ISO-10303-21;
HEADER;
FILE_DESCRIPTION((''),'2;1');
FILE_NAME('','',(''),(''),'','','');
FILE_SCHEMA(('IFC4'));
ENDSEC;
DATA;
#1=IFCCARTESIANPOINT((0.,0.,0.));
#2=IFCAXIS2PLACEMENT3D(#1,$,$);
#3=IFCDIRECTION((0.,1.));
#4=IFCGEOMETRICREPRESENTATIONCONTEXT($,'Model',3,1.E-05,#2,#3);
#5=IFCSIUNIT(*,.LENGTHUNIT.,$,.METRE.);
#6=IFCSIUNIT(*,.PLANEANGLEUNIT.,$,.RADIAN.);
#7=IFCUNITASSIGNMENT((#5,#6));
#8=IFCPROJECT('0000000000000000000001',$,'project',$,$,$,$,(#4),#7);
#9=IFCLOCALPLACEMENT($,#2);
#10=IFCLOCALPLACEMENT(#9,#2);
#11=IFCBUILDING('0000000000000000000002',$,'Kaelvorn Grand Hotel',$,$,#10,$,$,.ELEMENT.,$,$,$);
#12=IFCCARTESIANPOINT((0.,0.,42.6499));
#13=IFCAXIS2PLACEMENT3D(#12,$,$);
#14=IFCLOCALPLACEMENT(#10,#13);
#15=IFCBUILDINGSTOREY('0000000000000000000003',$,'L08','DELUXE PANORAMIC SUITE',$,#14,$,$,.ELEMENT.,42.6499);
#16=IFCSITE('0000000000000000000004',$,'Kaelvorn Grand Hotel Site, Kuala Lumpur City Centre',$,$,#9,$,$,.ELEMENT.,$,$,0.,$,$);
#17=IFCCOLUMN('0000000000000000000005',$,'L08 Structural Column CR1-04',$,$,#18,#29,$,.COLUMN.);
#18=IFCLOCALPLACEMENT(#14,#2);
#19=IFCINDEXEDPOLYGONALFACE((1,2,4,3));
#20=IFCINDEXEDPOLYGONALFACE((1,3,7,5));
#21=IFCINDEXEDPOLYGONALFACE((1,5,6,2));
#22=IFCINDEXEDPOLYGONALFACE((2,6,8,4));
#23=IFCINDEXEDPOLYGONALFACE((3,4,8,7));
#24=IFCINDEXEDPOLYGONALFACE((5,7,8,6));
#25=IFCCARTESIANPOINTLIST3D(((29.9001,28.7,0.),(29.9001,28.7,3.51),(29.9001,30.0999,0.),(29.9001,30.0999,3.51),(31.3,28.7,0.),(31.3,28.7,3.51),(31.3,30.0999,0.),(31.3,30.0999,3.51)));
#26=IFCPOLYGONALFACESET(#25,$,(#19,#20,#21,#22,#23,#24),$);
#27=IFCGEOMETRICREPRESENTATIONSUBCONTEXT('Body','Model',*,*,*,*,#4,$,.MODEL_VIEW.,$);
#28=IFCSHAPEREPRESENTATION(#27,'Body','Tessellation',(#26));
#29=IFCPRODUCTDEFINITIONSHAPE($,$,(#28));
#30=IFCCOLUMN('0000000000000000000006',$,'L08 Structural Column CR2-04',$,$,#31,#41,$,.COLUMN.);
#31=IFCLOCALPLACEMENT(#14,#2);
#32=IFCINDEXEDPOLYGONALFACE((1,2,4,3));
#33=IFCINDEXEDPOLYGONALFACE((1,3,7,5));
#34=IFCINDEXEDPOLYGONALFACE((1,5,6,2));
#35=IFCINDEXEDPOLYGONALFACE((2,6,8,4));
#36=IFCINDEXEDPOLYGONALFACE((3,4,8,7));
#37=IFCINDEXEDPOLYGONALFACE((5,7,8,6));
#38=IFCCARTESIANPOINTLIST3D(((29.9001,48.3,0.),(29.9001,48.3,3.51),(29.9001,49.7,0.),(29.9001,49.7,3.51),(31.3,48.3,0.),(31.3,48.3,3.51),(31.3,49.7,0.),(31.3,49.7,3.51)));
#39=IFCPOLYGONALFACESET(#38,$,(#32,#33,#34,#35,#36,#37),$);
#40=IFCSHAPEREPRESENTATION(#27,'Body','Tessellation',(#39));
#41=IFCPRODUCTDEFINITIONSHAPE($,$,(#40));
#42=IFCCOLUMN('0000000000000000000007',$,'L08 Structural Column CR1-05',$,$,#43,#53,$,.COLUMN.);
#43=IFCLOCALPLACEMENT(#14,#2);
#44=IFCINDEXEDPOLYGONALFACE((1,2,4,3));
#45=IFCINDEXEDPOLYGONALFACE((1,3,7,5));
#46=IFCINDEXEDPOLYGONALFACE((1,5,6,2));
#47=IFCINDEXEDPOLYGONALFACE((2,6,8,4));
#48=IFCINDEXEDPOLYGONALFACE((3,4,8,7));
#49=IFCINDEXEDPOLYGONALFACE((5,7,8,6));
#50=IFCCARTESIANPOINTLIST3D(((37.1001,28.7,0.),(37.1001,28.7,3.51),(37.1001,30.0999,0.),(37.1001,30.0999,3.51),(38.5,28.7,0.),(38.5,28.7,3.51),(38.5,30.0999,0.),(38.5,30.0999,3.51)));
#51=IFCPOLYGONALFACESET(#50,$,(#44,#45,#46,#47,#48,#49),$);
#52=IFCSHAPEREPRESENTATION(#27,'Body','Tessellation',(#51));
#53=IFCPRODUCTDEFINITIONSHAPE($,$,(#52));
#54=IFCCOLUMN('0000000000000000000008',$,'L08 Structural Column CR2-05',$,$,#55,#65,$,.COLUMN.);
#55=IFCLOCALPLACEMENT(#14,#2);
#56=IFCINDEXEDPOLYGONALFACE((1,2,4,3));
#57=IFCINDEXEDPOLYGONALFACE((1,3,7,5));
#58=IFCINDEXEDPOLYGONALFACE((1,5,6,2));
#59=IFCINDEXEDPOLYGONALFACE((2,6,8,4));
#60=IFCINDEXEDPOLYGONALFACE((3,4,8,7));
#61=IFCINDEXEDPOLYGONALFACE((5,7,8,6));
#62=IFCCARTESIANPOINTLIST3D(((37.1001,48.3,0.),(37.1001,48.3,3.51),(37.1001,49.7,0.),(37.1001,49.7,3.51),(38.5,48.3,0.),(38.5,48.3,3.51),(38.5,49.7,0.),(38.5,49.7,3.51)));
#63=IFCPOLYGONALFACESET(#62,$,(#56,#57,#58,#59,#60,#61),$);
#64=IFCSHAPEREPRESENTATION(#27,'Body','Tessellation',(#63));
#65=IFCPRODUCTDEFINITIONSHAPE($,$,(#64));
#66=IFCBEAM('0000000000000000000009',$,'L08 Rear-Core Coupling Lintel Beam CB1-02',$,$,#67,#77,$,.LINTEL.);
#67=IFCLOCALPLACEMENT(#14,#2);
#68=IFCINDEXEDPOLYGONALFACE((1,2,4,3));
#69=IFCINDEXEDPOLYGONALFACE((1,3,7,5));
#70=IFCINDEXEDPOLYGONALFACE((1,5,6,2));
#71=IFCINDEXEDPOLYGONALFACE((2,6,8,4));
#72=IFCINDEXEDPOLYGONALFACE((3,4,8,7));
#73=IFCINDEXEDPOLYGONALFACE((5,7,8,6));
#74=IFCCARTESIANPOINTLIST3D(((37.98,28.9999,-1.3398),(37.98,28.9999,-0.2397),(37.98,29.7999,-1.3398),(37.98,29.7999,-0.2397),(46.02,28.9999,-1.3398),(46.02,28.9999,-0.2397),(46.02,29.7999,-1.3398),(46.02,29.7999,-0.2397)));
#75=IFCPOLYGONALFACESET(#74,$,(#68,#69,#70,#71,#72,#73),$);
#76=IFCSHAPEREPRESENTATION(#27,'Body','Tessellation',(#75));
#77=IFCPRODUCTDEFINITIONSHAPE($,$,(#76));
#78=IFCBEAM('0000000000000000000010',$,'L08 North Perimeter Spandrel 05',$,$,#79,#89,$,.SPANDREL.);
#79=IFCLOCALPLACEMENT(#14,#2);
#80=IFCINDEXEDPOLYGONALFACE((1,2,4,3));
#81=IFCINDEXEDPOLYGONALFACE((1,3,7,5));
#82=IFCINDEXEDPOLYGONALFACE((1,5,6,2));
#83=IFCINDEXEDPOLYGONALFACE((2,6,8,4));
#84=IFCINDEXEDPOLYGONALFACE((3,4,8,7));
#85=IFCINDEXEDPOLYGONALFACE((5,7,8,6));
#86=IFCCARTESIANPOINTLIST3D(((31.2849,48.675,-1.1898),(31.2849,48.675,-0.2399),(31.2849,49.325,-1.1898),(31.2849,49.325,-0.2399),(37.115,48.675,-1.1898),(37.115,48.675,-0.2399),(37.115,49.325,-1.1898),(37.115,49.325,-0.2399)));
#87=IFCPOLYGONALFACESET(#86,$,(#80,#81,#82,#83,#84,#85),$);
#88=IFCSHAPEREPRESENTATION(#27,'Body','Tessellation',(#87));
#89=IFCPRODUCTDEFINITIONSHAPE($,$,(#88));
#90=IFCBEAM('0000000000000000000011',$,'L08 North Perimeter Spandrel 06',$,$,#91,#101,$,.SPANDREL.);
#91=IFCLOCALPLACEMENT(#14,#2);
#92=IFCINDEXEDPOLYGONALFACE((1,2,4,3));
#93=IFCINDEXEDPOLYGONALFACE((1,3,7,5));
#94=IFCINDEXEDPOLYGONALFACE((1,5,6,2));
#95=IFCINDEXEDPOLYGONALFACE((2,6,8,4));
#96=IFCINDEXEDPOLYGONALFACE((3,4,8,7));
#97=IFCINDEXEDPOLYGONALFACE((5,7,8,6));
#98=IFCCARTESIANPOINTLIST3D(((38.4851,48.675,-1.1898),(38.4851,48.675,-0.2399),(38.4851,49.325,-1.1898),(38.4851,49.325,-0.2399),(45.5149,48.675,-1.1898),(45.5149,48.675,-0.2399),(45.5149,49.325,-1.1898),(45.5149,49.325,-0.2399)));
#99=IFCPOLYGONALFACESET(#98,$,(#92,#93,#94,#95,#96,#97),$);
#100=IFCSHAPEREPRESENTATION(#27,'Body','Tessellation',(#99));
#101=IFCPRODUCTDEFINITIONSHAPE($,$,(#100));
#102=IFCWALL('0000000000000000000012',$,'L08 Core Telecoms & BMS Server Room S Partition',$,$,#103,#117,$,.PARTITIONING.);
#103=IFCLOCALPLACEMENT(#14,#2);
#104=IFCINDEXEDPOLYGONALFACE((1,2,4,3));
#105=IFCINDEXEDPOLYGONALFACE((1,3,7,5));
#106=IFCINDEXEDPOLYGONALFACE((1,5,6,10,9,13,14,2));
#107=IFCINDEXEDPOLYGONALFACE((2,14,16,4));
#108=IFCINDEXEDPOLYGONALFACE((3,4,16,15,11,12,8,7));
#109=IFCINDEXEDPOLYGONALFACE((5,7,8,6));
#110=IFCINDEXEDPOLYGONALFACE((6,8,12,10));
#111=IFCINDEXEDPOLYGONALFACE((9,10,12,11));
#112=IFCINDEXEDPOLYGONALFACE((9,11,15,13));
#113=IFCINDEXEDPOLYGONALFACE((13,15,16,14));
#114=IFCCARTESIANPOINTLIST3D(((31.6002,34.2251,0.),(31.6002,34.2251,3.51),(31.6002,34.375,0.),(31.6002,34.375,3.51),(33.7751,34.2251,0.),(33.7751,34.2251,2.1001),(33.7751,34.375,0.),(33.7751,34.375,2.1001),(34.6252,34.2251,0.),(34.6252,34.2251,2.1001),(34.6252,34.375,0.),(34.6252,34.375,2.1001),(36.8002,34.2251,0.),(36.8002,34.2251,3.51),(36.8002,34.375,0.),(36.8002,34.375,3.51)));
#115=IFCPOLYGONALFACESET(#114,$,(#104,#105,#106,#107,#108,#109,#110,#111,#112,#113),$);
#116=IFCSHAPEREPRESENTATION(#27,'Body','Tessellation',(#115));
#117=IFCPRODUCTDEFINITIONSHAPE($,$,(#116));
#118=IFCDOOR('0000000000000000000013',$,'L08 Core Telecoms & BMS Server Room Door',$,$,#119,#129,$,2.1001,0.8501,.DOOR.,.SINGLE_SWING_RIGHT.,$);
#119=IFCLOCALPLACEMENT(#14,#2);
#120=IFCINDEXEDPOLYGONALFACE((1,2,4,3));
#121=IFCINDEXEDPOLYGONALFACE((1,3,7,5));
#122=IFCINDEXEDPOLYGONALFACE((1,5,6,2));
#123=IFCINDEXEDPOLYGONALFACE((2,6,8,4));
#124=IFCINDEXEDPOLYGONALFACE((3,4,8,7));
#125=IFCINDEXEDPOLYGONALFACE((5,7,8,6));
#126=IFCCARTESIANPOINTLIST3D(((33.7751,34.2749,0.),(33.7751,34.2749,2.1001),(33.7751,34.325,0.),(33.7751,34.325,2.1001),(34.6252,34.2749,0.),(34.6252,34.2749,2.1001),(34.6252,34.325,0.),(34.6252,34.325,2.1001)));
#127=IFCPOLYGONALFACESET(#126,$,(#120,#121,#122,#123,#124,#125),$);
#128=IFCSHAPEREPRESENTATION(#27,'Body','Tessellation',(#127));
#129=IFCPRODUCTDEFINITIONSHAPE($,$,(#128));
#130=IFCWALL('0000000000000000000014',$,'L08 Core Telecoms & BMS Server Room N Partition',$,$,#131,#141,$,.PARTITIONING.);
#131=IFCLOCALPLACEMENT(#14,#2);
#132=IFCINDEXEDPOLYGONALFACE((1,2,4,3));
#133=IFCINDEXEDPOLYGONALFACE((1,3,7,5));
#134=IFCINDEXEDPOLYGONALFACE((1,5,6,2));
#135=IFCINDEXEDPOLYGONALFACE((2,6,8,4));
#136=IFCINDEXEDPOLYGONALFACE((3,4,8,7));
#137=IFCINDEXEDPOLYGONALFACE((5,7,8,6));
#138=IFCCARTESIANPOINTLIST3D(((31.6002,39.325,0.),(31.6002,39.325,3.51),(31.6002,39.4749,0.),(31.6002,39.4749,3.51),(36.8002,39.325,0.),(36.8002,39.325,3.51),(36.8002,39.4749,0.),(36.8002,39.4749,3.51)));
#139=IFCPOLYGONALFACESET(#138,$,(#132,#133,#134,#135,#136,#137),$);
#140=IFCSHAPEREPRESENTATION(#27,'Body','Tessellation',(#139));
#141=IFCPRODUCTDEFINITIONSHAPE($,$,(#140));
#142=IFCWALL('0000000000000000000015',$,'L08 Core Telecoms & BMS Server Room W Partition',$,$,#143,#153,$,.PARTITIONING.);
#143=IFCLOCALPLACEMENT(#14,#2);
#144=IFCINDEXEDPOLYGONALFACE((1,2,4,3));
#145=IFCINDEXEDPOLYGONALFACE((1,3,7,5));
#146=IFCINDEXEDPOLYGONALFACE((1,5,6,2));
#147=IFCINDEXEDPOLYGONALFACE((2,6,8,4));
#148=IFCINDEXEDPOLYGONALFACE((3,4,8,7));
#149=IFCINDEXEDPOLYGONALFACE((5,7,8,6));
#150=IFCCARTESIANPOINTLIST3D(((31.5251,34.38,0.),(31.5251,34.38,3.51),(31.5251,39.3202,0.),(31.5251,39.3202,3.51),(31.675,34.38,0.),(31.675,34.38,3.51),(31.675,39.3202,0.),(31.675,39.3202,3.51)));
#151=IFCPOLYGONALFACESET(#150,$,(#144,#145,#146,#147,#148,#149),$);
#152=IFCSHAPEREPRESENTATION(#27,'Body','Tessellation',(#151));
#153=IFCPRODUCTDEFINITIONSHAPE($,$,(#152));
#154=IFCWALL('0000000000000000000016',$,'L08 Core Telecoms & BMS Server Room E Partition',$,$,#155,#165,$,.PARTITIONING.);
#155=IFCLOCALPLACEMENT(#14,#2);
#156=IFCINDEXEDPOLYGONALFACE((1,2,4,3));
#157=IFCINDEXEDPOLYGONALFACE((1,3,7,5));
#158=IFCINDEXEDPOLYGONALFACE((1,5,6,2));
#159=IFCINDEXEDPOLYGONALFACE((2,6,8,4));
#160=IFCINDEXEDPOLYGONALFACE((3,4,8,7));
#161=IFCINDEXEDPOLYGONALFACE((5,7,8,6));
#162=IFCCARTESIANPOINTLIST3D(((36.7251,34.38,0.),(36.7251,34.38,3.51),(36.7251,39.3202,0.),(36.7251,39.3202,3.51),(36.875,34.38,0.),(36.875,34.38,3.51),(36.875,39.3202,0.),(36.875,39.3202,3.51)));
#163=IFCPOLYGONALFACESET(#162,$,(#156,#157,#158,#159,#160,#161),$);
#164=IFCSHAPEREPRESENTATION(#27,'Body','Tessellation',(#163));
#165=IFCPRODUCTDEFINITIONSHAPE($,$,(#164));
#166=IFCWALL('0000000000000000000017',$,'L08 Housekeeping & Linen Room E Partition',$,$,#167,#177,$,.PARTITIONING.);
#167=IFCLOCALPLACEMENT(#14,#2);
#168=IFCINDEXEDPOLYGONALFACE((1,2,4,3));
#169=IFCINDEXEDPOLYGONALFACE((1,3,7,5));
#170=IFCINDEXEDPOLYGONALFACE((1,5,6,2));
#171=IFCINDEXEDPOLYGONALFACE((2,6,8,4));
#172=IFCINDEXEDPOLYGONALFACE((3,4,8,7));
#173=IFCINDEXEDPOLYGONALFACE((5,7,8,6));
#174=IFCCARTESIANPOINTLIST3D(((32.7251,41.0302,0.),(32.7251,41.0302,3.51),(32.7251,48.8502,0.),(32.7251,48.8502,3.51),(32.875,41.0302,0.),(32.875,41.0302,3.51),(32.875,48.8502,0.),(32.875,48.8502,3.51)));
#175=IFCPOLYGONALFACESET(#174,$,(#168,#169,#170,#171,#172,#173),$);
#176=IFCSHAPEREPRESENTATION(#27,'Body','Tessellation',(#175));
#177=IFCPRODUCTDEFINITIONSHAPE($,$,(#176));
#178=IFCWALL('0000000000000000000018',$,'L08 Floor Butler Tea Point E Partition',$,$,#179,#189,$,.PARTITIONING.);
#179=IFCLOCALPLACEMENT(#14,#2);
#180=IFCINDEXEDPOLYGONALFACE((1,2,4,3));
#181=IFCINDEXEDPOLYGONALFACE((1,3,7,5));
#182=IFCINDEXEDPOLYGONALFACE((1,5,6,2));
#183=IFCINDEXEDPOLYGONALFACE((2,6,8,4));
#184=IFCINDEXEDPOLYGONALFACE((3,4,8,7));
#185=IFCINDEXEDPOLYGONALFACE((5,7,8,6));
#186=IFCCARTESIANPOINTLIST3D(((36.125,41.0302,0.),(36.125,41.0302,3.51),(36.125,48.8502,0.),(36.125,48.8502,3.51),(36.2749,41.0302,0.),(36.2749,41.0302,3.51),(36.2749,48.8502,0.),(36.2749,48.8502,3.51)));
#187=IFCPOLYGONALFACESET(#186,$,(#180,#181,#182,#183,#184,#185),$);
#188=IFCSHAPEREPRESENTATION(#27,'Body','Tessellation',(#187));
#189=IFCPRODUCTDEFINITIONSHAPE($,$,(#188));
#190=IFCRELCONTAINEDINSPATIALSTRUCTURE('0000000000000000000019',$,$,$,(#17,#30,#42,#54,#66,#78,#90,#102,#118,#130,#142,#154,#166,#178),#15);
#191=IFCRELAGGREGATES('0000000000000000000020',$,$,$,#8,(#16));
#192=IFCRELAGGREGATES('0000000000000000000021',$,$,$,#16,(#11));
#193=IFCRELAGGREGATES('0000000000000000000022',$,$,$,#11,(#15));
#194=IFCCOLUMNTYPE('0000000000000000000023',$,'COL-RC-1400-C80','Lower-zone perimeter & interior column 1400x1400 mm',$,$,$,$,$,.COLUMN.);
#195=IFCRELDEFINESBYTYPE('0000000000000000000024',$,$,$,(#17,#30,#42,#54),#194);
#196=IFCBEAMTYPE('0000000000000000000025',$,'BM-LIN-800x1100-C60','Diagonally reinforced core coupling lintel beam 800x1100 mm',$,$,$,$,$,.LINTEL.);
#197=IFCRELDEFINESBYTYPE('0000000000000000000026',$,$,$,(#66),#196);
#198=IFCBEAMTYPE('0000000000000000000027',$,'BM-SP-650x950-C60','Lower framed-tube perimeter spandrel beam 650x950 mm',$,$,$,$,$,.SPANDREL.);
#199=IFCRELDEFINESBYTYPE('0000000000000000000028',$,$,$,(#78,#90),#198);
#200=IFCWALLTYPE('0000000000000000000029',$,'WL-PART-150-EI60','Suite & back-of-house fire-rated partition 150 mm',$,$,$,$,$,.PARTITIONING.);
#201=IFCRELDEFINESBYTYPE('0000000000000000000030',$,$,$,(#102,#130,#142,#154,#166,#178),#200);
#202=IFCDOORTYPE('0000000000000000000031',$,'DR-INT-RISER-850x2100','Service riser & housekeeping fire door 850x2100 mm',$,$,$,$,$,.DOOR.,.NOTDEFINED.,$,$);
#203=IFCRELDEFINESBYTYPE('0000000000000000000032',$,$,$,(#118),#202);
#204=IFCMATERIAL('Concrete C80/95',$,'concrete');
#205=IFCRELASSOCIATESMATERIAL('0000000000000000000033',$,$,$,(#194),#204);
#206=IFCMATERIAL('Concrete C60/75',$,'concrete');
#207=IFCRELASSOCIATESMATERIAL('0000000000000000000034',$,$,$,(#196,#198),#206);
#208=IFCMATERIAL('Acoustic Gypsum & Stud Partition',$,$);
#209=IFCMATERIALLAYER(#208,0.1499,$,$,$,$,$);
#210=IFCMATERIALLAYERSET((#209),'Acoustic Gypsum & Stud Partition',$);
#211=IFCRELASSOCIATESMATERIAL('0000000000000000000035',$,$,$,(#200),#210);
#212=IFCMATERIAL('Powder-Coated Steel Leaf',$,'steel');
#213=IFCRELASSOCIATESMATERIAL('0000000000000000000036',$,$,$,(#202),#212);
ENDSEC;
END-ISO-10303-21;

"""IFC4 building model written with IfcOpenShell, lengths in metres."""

from ifc_helpers import new_model, si_unit, direction, frame, frame_2d, origin, origin_2d, place, context, subcontext, project, spatial, rectangle, extrude, material, layer, layer_set, material_profile, profile_set, type_object, element, fill, save


model = new_model("IFC4")

# Units and contexts
model_context = context("Model", 3, precision=1e-05, world=origin(), true_north=direction((0.0, 1.0)))
body_context = subcontext(model_context, "Body", "Model", "MODEL_VIEW")
ifc_project = project(units=[si_unit("LENGTHUNIT", "METRE"), si_unit("PLANEANGLEUNIT", "RADIAN")], contexts=[model_context])

# Site, building, storey
site_placement = place(None, origin())
site = spatial("IfcSite", under=ifc_project, at=site_placement, Name="Kaelvorn Grand Hotel Site, Kuala Lumpur City Centre", CompositionType="ELEMENT", RefElevation=0.0)
building_placement = place(site_placement, origin())
building = spatial("IfcBuilding", under=site, at=building_placement, Name="Kaelvorn Grand Hotel", CompositionType="ELEMENT")
storey_placement = place(building_placement, frame((0.0, 0.0, 42.6499)))
storey = spatial("IfcBuildingStorey", under=building, at=storey_placement, Name="L08", Description="DELUXE PANORAMIC SUITE", CompositionType="ELEMENT", Elevation=42.6499)

# Columns
ifc_material_1 = material(Name="Concrete C80/95", Category="concrete")
ifc_material_profile_1 = material_profile(ifc_material_1, rectangle(XDim=1.3999, YDim=1.3999, at=origin_2d()), Name="RC COL 1400x1400")
ifc_profile_set_1 = profile_set([ifc_material_profile_1], Name="Concrete C80/95")
column_type = type_object("IfcColumnType", Name="COL-RC-1400-C80", Description="Lower-zone perimeter & interior column 1400x1400 mm", PredefinedType="COLUMN", material=ifc_profile_set_1)
for number, where, z_axis, x_axis, name in (
    (1, (30.6001, 29.3999, 0.0), (0.0, 0.0, 1.0), (1.0, 0.0, 0.0), "L08 Structural Column CR1-04"),
    (2, (30.6001, 49.0, 0.0), (0.0, 0.0, 1.0), (1.0, 0.0, 0.0), "L08 Structural Column CR2-04"),
    (3, (37.8, 29.3999, 0.0), (0.0, 0.0, 1.0), (1.0, 0.0, 0.0), "L08 Structural Column CR1-05"),
    (4, (37.8, 49.0, 0.0), (0.0, 0.0, 1.0), (1.0, 0.0, 0.0), "L08 Structural Column CR2-05"),
):
    element("IfcColumn", number, at=place(storey_placement, frame(where, z_axis=z_axis, x_axis=x_axis)), inside=storey, type_object=column_type, Name=name, PredefinedType="COLUMN", context=body_context, shape_type="SweptSolid", body=[
        extrude(rectangle(XDim=1.3999, YDim=1.3999, at=origin_2d()), origin(), (0.0, 0.0, 1.0), 3.51),
    ])

# Beams
ifc_material_2 = material(Name="Concrete C60/75", Category="concrete")
ifc_material_profile_2 = material_profile(ifc_material_2, rectangle(XDim=0.8, YDim=1.1001, at=origin_2d()), Name="RC LINTEL 800x1100")
ifc_profile_set_2 = profile_set([ifc_material_profile_2], Name="Concrete C60/75")
beam_type_1 = type_object("IfcBeamType", Name="BM-LIN-800x1100-C60", Description="Diagonally reinforced core coupling lintel beam 800x1100 mm", PredefinedType="LINTEL", material=ifc_profile_set_2)
beam_1_placement = place(storey_placement, frame((37.98, 29.3999, -0.7898), z_axis=(1.0, 0.0, 0.0), x_axis=(0.0, 1.0, 0.0)))
element("IfcBeam", 5, at=beam_1_placement, inside=storey, type_object=beam_type_1, Name="L08 Rear-Core Coupling Lintel Beam CB1-02", PredefinedType="LINTEL", context=body_context, shape_type="SweptSolid", body=[
    extrude(rectangle(XDim=0.8, YDim=1.1001, at=origin_2d()), origin(), (0.0, 0.0, 1.0), 8.04),
])
ifc_material_profile_3 = material_profile(ifc_material_2, rectangle(XDim=0.6499, YDim=0.95, at=origin_2d()), Name="RC SPANDREL 650x950")
ifc_profile_set_3 = profile_set([ifc_material_profile_3], Name="Concrete C60/75")
beam_type_2 = type_object("IfcBeamType", Name="BM-SP-650x950-C60", Description="Lower framed-tube perimeter spandrel beam 650x950 mm", PredefinedType="SPANDREL", material=ifc_profile_set_3)
beam_2_placement = place(storey_placement, frame((31.2849, 49.0, -0.7148), z_axis=(1.0, 0.0, 0.0), x_axis=(0.0, 1.0, 0.0)))
element("IfcBeam", 6, at=beam_2_placement, inside=storey, type_object=beam_type_2, Name="L08 North Perimeter Spandrel 05", PredefinedType="SPANDREL", context=body_context, shape_type="SweptSolid", body=[
    extrude(rectangle(XDim=0.6499, YDim=0.95, at=origin_2d()), origin(), (0.0, 0.0, 1.0), 5.8301),
])
beam_3_placement = place(storey_placement, frame((38.4851, 49.0, -0.7148), z_axis=(1.0, 0.0, 0.0), x_axis=(0.0, 1.0, 0.0)))
element("IfcBeam", 7, at=beam_3_placement, inside=storey, type_object=beam_type_2, Name="L08 North Perimeter Spandrel 06", PredefinedType="SPANDREL", context=body_context, shape_type="SweptSolid", body=[
    extrude(rectangle(XDim=0.6499, YDim=0.95, at=origin_2d()), origin(), (0.0, 0.0, 1.0), 7.0298),
])

# Wall, opening, door
ifc_material_3 = material(Name="Acoustic Gypsum & Stud Partition")
ifc_layer_1 = layer(ifc_material_3, 0.1499)
ifc_layer_set_1 = layer_set([ifc_layer_1], Name="Acoustic Gypsum & Stud Partition")
wall_type_1 = type_object("IfcWallType", Name="WL-PART-150-EI60", Description="Suite & back-of-house fire-rated partition 150 mm", PredefinedType="PARTITIONING", material=ifc_layer_set_1)
wall_1_placement = place(storey_placement, frame((31.6001, 34.3, 0.0), z_axis=(0.0, 0.0, 1.0), x_axis=(1.0, 0.0, 0.0)))
wall_1 = element("IfcWall", 8, at=wall_1_placement, inside=storey, type_object=wall_type_1, Name="L08 Core Telecoms & BMS Server Room S Partition", PredefinedType="PARTITIONING", context=body_context, shape_type="SweptSolid", body=[
    extrude(rectangle(XDim=5.2, YDim=0.1499, at=frame_2d((2.6001, 0.0))), origin(), (0.0, 0.0, 1.0), 3.51),
])
opening_1_placement = place(wall_1_placement, frame((2.175, 0.0, 0.0)))
opening_1 = element("IfcOpeningElement", 9, at=opening_1_placement, cuts=wall_1, PredefinedType="OPENING", context=body_context, shape_type="SweptSolid", body=[
    extrude(rectangle(XDim=0.8501, YDim=2.1001, at=frame_2d((0.425, 1.05))), frame((0.0, 0.085, 0.0), z_axis=(0.0, -1.0, 0.0), x_axis=(1.0, 0.0, 0.0)), (0.0, 0.0, 1.0), 0.1699),
])
ifc_material_4 = material(Name="Powder-Coated Steel Leaf", Category="steel")
door_type_1 = type_object("IfcDoorType", Name="DR-INT-RISER-850x2100", Description="Service riser & housekeeping fire door 850x2100 mm", OperationType="NOTDEFINED", PredefinedType="DOOR", material=ifc_material_4)
door_1_placement = place(opening_1_placement, origin())
door_1 = element("IfcDoor", 10, at=door_1_placement, inside=storey, type_object=door_type_1, Name="L08 Core Telecoms & BMS Server Room Door", OperationType="SINGLE_SWING_RIGHT", OverallHeight=2.1001, OverallWidth=0.8501, PredefinedType="DOOR", context=body_context, shape_type="SweptSolid", body=[
    extrude(rectangle(XDim=0.8501, YDim=2.1001, at=frame_2d((0.425, 1.05))), frame((0.0, 0.0249, 0.0), z_axis=(0.0, -1.0, 0.0), x_axis=(1.0, 0.0, 0.0)), (0.0, 0.0, 1.0), 0.05),
])
fill(opening_1, door_1)

# Walls
wall_2_placement = place(storey_placement, frame((31.6001, 39.3999, 0.0), z_axis=(0.0, 0.0, 1.0), x_axis=(1.0, 0.0, 0.0)))
element("IfcWall", 11, at=wall_2_placement, inside=storey, type_object=wall_type_1, Name="L08 Core Telecoms & BMS Server Room N Partition", PredefinedType="PARTITIONING", context=body_context, shape_type="SweptSolid", body=[
    extrude(rectangle(XDim=5.2, YDim=0.1499, at=frame_2d((2.6001, 0.0))), origin(), (0.0, 0.0, 1.0), 3.51),
])
for number, where, z_axis, x_axis, name in (
    (12, (31.6001, 34.3799, 0.0), (0.0, 0.0, 1.0), (0.0, 1.0, 0.0), "L08 Core Telecoms & BMS Server Room W Partition"),
    (13, (36.8, 34.3799, 0.0), (0.0, 0.0, 1.0), (0.0, 1.0, 0.0), "L08 Core Telecoms & BMS Server Room E Partition"),
):
    element("IfcWall", number, at=place(storey_placement, frame(where, z_axis=z_axis, x_axis=x_axis)), inside=storey, type_object=wall_type_1, Name=name, PredefinedType="PARTITIONING", context=body_context, shape_type="SweptSolid", body=[
        extrude(rectangle(XDim=4.9402, YDim=0.1499, at=frame_2d((2.4702, 0.0))), origin(), (0.0, 0.0, 1.0), 3.51),
    ])
wall_3_placement = place(storey_placement, frame((32.8, 41.03, 0.0), z_axis=(0.0, 0.0, 1.0), x_axis=(0.0, 1.0, 0.0)))
element("IfcWall", 14, at=wall_3_placement, inside=storey, type_object=wall_type_1, Name="L08 Housekeeping & Linen Room E Partition", PredefinedType="PARTITIONING", context=body_context, shape_type="SweptSolid", body=[
    extrude(rectangle(XDim=7.8201, YDim=0.1499, at=frame_2d((3.9102, 0.0))), origin(), (0.0, 0.0, 1.0), 3.51),
])

# Wall
wall_4_placement = place(storey_placement, frame((36.2, 41.03, 0.0), z_axis=(0.0, 0.0, 1.0), x_axis=(0.0, 1.0, 0.0)))
element("IfcWall", 15, at=wall_4_placement, inside=storey, type_object=wall_type_1, Name="L08 Floor Butler Tea Point E Partition", PredefinedType="PARTITIONING", context=body_context, shape_type="SweptSolid", body=[
    extrude(rectangle(XDim=7.8201, YDim=0.1499, at=frame_2d((3.9102, 0.0))), origin(), (0.0, 0.0, 1.0), 3.51),
])

save(model, "model.ifc")
